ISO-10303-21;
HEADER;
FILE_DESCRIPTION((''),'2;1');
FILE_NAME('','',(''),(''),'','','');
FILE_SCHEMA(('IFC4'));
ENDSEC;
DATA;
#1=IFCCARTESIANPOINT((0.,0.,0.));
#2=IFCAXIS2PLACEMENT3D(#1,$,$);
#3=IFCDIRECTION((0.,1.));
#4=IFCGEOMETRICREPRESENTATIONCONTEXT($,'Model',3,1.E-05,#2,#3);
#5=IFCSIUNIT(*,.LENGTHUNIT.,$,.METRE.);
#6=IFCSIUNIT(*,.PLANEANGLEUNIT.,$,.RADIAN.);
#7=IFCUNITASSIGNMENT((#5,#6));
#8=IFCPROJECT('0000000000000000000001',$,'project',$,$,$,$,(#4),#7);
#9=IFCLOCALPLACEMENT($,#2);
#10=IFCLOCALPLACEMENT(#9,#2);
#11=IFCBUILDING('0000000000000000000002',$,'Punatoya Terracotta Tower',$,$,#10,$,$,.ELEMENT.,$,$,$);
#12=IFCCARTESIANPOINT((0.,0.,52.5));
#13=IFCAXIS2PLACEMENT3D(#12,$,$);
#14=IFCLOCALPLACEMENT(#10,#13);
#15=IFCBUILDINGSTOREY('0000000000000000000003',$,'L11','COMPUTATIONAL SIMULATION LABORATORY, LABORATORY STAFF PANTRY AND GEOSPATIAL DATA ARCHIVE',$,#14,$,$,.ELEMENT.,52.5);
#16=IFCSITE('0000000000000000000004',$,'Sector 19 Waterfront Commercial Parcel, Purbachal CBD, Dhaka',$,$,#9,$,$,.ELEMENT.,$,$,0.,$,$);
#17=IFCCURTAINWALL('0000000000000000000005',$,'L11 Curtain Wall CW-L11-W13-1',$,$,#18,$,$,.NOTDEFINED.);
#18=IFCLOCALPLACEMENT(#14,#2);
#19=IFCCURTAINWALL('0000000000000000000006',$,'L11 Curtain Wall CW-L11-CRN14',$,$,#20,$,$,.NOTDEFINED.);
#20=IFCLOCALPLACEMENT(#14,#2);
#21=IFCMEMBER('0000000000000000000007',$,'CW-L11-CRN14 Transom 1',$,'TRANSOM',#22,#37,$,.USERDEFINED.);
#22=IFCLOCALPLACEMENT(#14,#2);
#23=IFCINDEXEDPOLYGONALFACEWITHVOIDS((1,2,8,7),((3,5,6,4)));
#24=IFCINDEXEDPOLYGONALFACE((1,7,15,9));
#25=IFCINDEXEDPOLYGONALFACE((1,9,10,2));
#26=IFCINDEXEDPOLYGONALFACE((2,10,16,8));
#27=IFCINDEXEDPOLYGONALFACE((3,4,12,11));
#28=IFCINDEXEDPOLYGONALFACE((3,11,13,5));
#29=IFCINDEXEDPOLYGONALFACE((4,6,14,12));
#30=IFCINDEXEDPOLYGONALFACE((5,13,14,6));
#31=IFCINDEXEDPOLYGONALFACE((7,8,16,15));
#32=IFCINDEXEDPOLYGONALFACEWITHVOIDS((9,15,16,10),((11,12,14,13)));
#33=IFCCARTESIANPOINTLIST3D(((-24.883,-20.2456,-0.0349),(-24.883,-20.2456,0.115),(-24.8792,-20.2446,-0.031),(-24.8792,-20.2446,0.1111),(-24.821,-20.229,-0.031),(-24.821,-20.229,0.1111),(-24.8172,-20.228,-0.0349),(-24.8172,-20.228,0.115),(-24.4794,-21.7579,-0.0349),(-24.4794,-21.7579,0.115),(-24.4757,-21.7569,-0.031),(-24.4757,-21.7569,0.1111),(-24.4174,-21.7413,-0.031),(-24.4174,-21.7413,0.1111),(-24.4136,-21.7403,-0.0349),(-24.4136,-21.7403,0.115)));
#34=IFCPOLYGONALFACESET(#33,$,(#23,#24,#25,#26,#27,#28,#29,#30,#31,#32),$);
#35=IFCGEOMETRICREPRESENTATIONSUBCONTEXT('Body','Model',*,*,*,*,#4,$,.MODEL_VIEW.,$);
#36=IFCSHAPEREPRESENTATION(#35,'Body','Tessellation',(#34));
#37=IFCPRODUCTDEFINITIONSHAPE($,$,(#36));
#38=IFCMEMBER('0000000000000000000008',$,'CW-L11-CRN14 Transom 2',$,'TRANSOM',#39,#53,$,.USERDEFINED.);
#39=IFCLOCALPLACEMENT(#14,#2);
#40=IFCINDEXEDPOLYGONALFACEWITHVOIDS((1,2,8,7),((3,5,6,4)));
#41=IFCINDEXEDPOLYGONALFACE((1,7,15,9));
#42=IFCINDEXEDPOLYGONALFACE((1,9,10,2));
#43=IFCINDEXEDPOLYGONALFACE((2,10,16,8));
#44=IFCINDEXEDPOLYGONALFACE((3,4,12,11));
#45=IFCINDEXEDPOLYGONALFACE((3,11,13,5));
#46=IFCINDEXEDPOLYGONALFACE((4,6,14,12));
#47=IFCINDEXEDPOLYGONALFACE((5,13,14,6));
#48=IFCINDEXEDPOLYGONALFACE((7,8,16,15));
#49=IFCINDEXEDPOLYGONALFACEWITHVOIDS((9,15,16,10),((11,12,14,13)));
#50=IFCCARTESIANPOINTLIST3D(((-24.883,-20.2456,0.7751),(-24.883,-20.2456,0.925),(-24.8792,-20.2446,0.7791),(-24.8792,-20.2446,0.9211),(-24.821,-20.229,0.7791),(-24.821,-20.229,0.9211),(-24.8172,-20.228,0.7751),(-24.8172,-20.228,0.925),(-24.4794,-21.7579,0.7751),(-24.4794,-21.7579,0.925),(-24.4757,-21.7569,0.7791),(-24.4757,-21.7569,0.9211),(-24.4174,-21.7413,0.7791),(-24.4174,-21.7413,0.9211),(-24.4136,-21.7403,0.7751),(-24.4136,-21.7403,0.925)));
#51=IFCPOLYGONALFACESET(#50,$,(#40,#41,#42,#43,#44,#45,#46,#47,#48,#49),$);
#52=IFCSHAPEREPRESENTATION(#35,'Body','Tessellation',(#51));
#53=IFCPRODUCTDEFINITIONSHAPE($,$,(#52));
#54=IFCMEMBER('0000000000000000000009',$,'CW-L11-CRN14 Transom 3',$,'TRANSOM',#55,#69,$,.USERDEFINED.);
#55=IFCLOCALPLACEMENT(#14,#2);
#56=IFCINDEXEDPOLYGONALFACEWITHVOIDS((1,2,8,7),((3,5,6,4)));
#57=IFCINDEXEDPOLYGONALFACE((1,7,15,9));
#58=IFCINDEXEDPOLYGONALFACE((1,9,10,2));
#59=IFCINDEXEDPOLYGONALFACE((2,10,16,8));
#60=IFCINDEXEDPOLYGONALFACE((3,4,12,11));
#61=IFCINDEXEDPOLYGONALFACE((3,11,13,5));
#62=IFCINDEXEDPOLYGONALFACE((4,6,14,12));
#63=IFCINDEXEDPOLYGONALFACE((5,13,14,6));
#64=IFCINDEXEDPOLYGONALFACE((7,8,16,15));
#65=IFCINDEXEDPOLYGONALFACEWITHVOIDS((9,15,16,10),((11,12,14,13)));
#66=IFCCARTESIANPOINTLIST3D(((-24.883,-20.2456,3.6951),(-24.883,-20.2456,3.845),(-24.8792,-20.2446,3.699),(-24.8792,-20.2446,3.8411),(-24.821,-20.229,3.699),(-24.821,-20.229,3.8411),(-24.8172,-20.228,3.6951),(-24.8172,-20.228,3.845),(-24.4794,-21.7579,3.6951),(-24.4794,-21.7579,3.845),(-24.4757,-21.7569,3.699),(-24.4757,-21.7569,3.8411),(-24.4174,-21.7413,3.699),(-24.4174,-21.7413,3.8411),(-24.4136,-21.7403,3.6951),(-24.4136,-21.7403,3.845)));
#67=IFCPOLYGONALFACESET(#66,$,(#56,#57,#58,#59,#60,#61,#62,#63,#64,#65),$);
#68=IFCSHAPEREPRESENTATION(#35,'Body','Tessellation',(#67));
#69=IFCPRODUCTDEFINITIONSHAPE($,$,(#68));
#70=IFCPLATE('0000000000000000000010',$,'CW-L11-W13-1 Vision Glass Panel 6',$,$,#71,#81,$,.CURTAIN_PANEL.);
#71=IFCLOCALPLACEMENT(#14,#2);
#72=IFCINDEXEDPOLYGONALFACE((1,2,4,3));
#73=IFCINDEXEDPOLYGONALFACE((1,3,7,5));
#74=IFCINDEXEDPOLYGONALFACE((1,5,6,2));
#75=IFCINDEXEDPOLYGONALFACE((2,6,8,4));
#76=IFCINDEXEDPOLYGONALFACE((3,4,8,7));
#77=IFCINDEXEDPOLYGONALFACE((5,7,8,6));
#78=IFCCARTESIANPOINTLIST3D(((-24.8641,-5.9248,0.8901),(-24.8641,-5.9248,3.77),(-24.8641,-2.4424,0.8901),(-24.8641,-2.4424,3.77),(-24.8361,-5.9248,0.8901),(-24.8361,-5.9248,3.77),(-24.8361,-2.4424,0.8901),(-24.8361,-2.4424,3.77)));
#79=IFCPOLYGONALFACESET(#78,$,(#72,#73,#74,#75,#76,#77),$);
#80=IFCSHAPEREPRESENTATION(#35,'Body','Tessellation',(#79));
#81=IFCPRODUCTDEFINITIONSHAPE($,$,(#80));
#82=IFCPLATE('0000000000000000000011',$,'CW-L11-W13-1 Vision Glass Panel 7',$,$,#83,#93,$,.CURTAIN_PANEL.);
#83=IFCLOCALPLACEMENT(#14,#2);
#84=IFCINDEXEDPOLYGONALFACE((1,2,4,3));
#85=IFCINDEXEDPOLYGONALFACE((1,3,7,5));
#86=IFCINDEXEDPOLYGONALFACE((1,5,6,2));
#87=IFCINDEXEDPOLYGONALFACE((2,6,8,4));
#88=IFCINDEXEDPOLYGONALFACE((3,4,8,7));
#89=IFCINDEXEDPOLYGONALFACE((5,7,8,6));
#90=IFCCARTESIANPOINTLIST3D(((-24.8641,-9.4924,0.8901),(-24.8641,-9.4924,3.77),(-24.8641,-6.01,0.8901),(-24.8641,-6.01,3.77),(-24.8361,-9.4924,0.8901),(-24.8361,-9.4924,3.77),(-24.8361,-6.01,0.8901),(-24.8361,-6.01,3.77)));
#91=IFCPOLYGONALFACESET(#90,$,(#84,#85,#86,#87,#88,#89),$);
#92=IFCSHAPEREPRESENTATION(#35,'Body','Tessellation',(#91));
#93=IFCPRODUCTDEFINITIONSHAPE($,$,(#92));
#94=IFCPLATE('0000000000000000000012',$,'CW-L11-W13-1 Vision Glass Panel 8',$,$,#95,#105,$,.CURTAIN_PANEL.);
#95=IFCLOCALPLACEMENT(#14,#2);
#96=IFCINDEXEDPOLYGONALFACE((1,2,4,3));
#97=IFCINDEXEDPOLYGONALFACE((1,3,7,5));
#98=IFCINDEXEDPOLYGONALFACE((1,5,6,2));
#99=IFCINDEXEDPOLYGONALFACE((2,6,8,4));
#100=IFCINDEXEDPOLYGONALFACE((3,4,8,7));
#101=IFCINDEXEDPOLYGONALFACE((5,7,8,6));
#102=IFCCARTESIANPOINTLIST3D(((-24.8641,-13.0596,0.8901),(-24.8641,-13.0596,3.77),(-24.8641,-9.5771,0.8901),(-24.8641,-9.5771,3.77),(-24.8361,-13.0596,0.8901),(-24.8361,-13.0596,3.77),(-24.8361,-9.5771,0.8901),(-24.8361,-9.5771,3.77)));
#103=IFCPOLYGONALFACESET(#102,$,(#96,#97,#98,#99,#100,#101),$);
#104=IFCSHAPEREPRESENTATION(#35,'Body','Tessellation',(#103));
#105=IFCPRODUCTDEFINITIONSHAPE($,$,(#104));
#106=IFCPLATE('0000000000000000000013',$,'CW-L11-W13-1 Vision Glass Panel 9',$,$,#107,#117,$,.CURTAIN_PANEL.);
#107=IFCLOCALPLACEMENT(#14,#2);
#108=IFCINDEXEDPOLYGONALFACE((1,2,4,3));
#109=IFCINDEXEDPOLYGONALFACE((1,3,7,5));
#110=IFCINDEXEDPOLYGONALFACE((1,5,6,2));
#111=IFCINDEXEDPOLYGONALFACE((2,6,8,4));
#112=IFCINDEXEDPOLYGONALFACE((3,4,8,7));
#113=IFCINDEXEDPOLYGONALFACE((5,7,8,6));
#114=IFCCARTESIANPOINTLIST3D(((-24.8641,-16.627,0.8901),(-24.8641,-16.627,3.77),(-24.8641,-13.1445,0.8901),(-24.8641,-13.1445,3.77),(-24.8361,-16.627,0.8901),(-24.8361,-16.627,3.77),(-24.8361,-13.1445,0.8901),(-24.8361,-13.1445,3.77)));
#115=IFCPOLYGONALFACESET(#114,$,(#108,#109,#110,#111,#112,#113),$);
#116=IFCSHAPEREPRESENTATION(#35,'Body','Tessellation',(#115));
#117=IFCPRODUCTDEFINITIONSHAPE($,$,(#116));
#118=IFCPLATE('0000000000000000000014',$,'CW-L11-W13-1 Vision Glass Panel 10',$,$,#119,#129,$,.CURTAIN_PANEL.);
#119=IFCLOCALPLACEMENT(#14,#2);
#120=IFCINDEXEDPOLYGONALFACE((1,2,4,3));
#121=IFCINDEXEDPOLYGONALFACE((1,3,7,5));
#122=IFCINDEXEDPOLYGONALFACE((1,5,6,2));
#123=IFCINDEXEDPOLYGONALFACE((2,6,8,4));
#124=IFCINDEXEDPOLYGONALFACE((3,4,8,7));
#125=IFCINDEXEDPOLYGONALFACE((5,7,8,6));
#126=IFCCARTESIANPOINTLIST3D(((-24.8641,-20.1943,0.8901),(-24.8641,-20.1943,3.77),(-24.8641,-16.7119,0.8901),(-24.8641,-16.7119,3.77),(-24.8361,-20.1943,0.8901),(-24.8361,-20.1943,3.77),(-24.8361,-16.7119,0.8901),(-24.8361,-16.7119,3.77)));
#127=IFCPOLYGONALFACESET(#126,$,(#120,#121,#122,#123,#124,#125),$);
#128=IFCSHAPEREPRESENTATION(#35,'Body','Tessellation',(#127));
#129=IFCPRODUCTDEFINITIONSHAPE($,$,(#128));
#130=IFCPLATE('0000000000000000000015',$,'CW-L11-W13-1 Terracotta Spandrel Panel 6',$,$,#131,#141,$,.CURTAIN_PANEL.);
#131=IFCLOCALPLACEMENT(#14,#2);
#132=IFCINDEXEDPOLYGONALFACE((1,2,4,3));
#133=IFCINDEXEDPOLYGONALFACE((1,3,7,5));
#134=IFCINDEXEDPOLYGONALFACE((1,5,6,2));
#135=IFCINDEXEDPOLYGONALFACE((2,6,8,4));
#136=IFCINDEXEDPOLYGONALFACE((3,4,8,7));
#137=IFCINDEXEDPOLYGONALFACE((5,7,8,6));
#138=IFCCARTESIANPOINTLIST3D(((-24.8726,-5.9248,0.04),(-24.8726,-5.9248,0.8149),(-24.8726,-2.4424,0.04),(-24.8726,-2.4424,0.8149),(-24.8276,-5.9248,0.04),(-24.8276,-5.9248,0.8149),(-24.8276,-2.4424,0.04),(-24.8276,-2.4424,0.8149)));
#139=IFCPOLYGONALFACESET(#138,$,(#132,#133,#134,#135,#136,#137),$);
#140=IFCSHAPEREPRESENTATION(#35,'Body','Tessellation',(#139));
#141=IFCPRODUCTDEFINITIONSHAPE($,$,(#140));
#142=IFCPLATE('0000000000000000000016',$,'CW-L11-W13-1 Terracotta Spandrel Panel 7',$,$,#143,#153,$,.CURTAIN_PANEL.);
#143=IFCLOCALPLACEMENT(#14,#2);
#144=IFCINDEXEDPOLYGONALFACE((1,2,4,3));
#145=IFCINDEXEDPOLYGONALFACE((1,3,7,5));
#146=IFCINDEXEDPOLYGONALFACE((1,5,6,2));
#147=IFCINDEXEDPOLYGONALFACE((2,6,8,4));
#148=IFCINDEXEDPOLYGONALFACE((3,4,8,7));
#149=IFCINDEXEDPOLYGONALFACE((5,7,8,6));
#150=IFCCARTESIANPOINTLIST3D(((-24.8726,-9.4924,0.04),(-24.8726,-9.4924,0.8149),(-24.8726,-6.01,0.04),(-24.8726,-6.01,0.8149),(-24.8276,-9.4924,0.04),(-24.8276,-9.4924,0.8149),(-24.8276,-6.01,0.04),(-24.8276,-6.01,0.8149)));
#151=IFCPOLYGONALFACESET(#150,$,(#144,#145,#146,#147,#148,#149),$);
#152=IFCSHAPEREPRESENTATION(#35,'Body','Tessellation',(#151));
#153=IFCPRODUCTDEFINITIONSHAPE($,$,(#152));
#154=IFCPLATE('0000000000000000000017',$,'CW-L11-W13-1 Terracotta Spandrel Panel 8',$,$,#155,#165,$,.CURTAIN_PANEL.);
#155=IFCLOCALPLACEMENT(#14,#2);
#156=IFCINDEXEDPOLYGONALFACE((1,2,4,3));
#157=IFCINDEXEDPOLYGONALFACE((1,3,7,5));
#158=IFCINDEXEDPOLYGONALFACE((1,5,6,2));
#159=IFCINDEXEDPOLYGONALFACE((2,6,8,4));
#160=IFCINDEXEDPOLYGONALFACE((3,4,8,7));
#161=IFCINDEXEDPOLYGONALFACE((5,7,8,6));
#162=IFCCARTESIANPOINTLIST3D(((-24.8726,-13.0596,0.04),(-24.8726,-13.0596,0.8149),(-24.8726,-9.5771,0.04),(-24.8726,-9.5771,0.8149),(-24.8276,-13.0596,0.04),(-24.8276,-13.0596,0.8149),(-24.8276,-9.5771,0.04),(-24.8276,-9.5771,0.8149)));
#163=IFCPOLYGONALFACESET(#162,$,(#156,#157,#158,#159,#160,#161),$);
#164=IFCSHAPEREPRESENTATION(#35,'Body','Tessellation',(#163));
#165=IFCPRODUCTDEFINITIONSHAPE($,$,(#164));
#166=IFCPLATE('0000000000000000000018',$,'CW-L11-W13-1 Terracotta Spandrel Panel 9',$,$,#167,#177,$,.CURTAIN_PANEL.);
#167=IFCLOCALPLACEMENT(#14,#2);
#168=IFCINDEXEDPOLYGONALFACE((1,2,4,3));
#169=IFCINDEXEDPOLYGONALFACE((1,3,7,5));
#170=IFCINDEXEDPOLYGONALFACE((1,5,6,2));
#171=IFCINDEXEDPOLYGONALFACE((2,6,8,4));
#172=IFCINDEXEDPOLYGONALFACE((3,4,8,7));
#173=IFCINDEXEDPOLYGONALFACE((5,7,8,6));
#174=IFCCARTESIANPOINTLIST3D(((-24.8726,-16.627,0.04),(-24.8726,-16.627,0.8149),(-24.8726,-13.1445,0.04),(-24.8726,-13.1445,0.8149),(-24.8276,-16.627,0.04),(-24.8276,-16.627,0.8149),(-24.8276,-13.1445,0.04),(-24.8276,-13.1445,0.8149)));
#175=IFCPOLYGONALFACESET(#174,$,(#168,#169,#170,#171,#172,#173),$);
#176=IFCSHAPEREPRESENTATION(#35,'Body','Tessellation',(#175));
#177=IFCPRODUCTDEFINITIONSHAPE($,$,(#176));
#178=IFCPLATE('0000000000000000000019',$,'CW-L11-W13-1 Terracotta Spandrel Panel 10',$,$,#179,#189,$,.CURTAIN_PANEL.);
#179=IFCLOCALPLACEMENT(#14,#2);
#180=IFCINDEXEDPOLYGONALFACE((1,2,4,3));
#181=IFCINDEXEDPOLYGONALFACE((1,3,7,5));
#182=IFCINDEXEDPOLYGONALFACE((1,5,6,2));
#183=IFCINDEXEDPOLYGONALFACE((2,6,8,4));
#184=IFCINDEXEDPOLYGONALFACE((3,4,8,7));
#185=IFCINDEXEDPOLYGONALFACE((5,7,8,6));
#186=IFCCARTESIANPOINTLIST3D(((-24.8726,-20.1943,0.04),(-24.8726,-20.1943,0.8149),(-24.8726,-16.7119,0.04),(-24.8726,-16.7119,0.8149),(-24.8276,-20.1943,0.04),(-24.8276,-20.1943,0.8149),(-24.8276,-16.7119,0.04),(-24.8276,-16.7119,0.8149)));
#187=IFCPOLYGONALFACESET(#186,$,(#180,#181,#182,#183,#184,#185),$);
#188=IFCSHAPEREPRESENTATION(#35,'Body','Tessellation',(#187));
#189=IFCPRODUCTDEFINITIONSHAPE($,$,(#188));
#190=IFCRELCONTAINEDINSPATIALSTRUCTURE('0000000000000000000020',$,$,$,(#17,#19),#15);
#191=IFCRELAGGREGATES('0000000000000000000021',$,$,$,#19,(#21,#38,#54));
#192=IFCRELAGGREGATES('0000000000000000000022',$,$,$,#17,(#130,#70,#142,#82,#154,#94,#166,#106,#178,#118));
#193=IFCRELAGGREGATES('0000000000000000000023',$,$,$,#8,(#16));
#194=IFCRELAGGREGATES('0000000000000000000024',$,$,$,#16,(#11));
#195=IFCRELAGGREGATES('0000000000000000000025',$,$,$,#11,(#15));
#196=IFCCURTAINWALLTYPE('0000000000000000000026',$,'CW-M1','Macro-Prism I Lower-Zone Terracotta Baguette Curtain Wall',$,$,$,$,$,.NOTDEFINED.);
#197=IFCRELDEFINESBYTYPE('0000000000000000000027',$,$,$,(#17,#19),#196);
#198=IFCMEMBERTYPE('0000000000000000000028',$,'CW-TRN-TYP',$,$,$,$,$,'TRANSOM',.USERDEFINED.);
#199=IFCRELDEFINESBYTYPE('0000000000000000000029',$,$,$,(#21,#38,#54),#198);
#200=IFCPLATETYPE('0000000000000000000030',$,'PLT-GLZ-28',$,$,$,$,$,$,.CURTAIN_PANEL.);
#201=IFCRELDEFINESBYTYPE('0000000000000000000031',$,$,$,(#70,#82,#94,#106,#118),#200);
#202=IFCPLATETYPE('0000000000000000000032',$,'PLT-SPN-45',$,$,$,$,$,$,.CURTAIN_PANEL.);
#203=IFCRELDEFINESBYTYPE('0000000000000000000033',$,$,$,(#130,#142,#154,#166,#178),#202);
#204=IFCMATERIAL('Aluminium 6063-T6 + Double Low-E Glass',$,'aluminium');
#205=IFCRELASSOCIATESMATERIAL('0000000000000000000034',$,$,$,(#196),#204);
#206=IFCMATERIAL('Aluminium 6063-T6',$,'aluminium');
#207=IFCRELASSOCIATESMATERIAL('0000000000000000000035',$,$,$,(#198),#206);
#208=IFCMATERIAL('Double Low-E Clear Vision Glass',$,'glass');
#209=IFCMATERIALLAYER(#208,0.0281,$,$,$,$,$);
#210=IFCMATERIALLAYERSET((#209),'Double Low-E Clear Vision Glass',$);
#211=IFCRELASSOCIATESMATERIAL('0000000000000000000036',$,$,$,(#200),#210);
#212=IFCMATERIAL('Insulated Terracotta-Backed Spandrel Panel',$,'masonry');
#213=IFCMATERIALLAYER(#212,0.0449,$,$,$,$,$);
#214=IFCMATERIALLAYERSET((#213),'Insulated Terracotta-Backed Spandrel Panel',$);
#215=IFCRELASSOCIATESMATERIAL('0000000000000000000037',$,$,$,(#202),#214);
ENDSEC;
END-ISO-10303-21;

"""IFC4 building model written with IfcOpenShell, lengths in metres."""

from ifc_helpers import new_model, si_unit, direction, frame, origin, origin_2d, place, context, subcontext, project, spatial, rectangle, hollow_rectangle, extrude, material, layer, layer_set, material_profile, profile_set, type_object, element, aggregate, save


model = new_model("IFC4")

# Units and contexts
model_context = context("Model", 3, precision=1e-05, world=origin(), true_north=direction((0.0, 1.0)))
body_context = subcontext(model_context, "Body", "Model", "MODEL_VIEW")
ifc_project = project(units=[si_unit("LENGTHUNIT", "METRE"), si_unit("PLANEANGLEUNIT", "RADIAN")], contexts=[model_context])

# Site, building, storey
site_placement = place(None, origin())
site = spatial("IfcSite", under=ifc_project, at=site_placement, Name="Sector 19 Waterfront Commercial Parcel, Purbachal CBD, Dhaka", CompositionType="ELEMENT", RefElevation=0.0)
building_placement = place(site_placement, origin())
building = spatial("IfcBuilding", under=site, at=building_placement, Name="Punatoya Terracotta Tower", CompositionType="ELEMENT")
storey_placement = place(building_placement, frame((0.0, 0.0, 52.5)))
storey = spatial("IfcBuildingStorey", under=building, at=storey_placement, Name="L11", Description="COMPUTATIONAL SIMULATION LABORATORY, LABORATORY STAFF PANTRY AND GEOSPATIAL DATA ARCHIVE", CompositionType="ELEMENT", Elevation=52.5)

# Curtain walls, members
ifc_material_1 = material(Name="Aluminium 6063-T6 + Double Low-E Glass", Category="aluminium")
curtain_wall_type = type_object("IfcCurtainWallType", Name="CW-M1", Description="Macro-Prism I Lower-Zone Terracotta Baguette Curtain Wall", PredefinedType="NOTDEFINED", material=ifc_material_1)
curtain_wall_1_placement = place(storey_placement, origin())
curtain_wall_1 = element("IfcCurtainWall", 1, at=curtain_wall_1_placement, inside=storey, type_object=curtain_wall_type, Name="L11 Curtain Wall CW-L11-W13-1", PredefinedType="NOTDEFINED")
ifc_material_2 = material(Name="Aluminium 6063-T6", Category="aluminium")
curtain_wall_2_placement = place(storey_placement, origin())
curtain_wall_2 = element("IfcCurtainWall", 2, at=curtain_wall_2_placement, inside=storey, type_object=curtain_wall_type, Name="L11 Curtain Wall CW-L11-CRN14", PredefinedType="NOTDEFINED")
ifc_material_profile_1 = material_profile(ifc_material_2, hollow_rectangle(XDim=0.0681, YDim=0.1499, WallThickness=0.0039, at=origin_2d()))
ifc_profile_set_1 = profile_set([ifc_material_profile_1], Name="Aluminium 6063-T6")
member_type_1 = type_object("IfcMemberType", Name="CW-TRN-TYP", ElementType="TRANSOM", PredefinedType="USERDEFINED", material=ifc_profile_set_1)
member_1_placement = place(storey_placement, frame((-24.8501, -20.2368, 0.04), z_axis=(0.257847, -0.966186, 0.0), x_axis=(0.966186, 0.257847, 0.0)))
member_1 = element("IfcMember", 3, at=member_1_placement, type_object=member_type_1, Name="CW-L11-CRN14 Transom 1", ObjectType="TRANSOM", PredefinedType="USERDEFINED", context=body_context, shape_type="SweptSolid", body=[
    extrude(hollow_rectangle(XDim=0.0681, YDim=0.1499, WallThickness=0.0039, at=origin_2d()), origin(), (0.0, 0.0, 1.0), 1.5652),
])
member_2_placement = place(storey_placement, frame((-24.8501, -20.2368, 0.8501), z_axis=(0.257847, -0.966186, 0.0), x_axis=(0.966186, 0.257847, 0.0)))
member_2 = element("IfcMember", 4, at=member_2_placement, type_object=member_type_1, Name="CW-L11-CRN14 Transom 2", ObjectType="TRANSOM", PredefinedType="USERDEFINED", context=body_context, shape_type="SweptSolid", body=[
    extrude(hollow_rectangle(XDim=0.0681, YDim=0.1499, WallThickness=0.0039, at=origin_2d()), origin(), (0.0, 0.0, 1.0), 1.5652),
])
member_3_placement = place(storey_placement, frame((-24.8501, -20.2368, 3.77), z_axis=(0.257847, -0.966186, 0.0), x_axis=(0.966186, 0.257847, 0.0)))
member_3 = element("IfcMember", 5, at=member_3_placement, type_object=member_type_1, Name="CW-L11-CRN14 Transom 3", ObjectType="TRANSOM", PredefinedType="USERDEFINED", context=body_context, shape_type="SweptSolid", body=[
    extrude(hollow_rectangle(XDim=0.0681, YDim=0.1499, WallThickness=0.0039, at=origin_2d()), origin(), (0.0, 0.0, 1.0), 1.5652),
])
aggregate(curtain_wall_2, [member_1, member_2, member_3])

# Plates
ifc_material_3 = material(Name="Double Low-E Clear Vision Glass", Category="glass")
ifc_layer_1 = layer(ifc_material_3, 0.0281)
ifc_layer_set_1 = layer_set([ifc_layer_1], Name="Double Low-E Clear Vision Glass")
plate_type_1 = type_object("IfcPlateType", Name="PLT-GLZ-28", PredefinedType="CURTAIN_PANEL", material=ifc_layer_set_1)
plate_1_placement = place(storey_placement, frame((-24.8501, -4.1836, 0.8901), z_axis=(0.0, 0.0, 1.0), x_axis=(0.0, -1.0, 0.0)))
plate_1 = element("IfcPlate", 6, at=plate_1_placement, type_object=plate_type_1, Name="CW-L11-W13-1 Vision Glass Panel 6", PredefinedType="CURTAIN_PANEL", context=body_context, shape_type="SweptSolid", body=[
    extrude(rectangle(XDim=3.4824, YDim=0.0281, at=origin_2d()), origin(), (0.0, 0.0, 1.0), 2.8799),
])
plate_2_placement = place(storey_placement, frame((-24.8501, -7.7512, 0.8901), z_axis=(0.0, 0.0, 1.0), x_axis=(0.0, -1.0, 0.0)))
plate_2 = element("IfcPlate", 7, at=plate_2_placement, type_object=plate_type_1, Name="CW-L11-W13-1 Vision Glass Panel 7", PredefinedType="CURTAIN_PANEL", context=body_context, shape_type="SweptSolid", body=[
    extrude(rectangle(XDim=3.4824, YDim=0.0281, at=origin_2d()), origin(), (0.0, 0.0, 1.0), 2.8799),
])
plate_3_placement = place(storey_placement, frame((-24.8501, -11.3184, 0.8901), z_axis=(0.0, 0.0, 1.0), x_axis=(0.0, -1.0, 0.0)))
plate_3 = element("IfcPlate", 8, at=plate_3_placement, type_object=plate_type_1, Name="CW-L11-W13-1 Vision Glass Panel 8", PredefinedType="CURTAIN_PANEL", context=body_context, shape_type="SweptSolid", body=[
    extrude(rectangle(XDim=3.4824, YDim=0.0281, at=origin_2d()), origin(), (0.0, 0.0, 1.0), 2.8799),
])
plate_4_placement = place(storey_placement, frame((-24.8501, -14.8857, 0.8901), z_axis=(0.0, 0.0, 1.0), x_axis=(0.0, -1.0, 0.0)))
plate_4 = element("IfcPlate", 9, at=plate_4_placement, type_object=plate_type_1, Name="CW-L11-W13-1 Vision Glass Panel 9", PredefinedType="CURTAIN_PANEL", context=body_context, shape_type="SweptSolid", body=[
    extrude(rectangle(XDim=3.4824, YDim=0.0281, at=origin_2d()), origin(), (0.0, 0.0, 1.0), 2.8799),
])
plate_5_placement = place(storey_placement, frame((-24.8501, -18.4531, 0.8901), z_axis=(0.0, 0.0, 1.0), x_axis=(0.0, -1.0, 0.0)))
plate_5 = element("IfcPlate", 10, at=plate_5_placement, type_object=plate_type_1, Name="CW-L11-W13-1 Vision Glass Panel 10", PredefinedType="CURTAIN_PANEL", context=body_context, shape_type="SweptSolid", body=[
    extrude(rectangle(XDim=3.4824, YDim=0.0281, at=origin_2d()), origin(), (0.0, 0.0, 1.0), 2.8799),
])
ifc_material_4 = material(Name="Insulated Terracotta-Backed Spandrel Panel", Category="masonry")
ifc_layer_2 = layer(ifc_material_4, 0.0449)
ifc_layer_set_2 = layer_set([ifc_layer_2], Name="Insulated Terracotta-Backed Spandrel Panel")
plate_type_2 = type_object("IfcPlateType", Name="PLT-SPN-45", PredefinedType="CURTAIN_PANEL", material=ifc_layer_set_2)
plate_6_placement = place(storey_placement, frame((-24.8501, -4.1836, 0.04), z_axis=(0.0, 0.0, 1.0), x_axis=(0.0, -1.0, 0.0)))
plate_6 = element("IfcPlate", 11, at=plate_6_placement, type_object=plate_type_2, Name="CW-L11-W13-1 Terracotta Spandrel Panel 6", PredefinedType="CURTAIN_PANEL", context=body_context, shape_type="SweptSolid", body=[
    extrude(rectangle(XDim=3.4824, YDim=0.0449, at=origin_2d()), origin(), (0.0, 0.0, 1.0), 0.7749),
])
plate_7_placement = place(storey_placement, frame((-24.8501, -7.7512, 0.04), z_axis=(0.0, 0.0, 1.0), x_axis=(0.0, -1.0, 0.0)))
plate_7 = element("IfcPlate", 12, at=plate_7_placement, type_object=plate_type_2, Name="CW-L11-W13-1 Terracotta Spandrel Panel 7", PredefinedType="CURTAIN_PANEL", context=body_context, shape_type="SweptSolid", body=[
    extrude(rectangle(XDim=3.4824, YDim=0.0449, at=origin_2d()), origin(), (0.0, 0.0, 1.0), 0.7749),
])
plate_8_placement = place(storey_placement, frame((-24.8501, -11.3184, 0.04), z_axis=(0.0, 0.0, 1.0), x_axis=(0.0, -1.0, 0.0)))
plate_8 = element("IfcPlate", 13, at=plate_8_placement, type_object=plate_type_2, Name="CW-L11-W13-1 Terracotta Spandrel Panel 8", PredefinedType="CURTAIN_PANEL", context=body_context, shape_type="SweptSolid", body=[
    extrude(rectangle(XDim=3.4824, YDim=0.0449, at=origin_2d()), origin(), (0.0, 0.0, 1.0), 0.7749),
])
plate_9_placement = place(storey_placement, frame((-24.8501, -14.8857, 0.04), z_axis=(0.0, 0.0, 1.0), x_axis=(0.0, -1.0, 0.0)))
plate_9 = element("IfcPlate", 14, at=plate_9_placement, type_object=plate_type_2, Name="CW-L11-W13-1 Terracotta Spandrel Panel 9", PredefinedType="CURTAIN_PANEL", context=body_context, shape_type="SweptSolid", body=[
    extrude(rectangle(XDim=3.4824, YDim=0.0449, at=origin_2d()), origin(), (0.0, 0.0, 1.0), 0.7749),
])
plate_10_placement = place(storey_placement, frame((-24.8501, -18.4531, 0.04), z_axis=(0.0, 0.0, 1.0), x_axis=(0.0, -1.0, 0.0)))
plate_10 = element("IfcPlate", 15, at=plate_10_placement, type_object=plate_type_2, Name="CW-L11-W13-1 Terracotta Spandrel Panel 10", PredefinedType="CURTAIN_PANEL", context=body_context, shape_type="SweptSolid", body=[
    extrude(rectangle(XDim=3.4824, YDim=0.0449, at=origin_2d()), origin(), (0.0, 0.0, 1.0), 0.7749),
])
aggregate(curtain_wall_1, [plate_6, plate_1, plate_7, plate_2, plate_8, plate_3, plate_9, plate_4, plate_10, plate_5])

save(model, "model.ifc")
